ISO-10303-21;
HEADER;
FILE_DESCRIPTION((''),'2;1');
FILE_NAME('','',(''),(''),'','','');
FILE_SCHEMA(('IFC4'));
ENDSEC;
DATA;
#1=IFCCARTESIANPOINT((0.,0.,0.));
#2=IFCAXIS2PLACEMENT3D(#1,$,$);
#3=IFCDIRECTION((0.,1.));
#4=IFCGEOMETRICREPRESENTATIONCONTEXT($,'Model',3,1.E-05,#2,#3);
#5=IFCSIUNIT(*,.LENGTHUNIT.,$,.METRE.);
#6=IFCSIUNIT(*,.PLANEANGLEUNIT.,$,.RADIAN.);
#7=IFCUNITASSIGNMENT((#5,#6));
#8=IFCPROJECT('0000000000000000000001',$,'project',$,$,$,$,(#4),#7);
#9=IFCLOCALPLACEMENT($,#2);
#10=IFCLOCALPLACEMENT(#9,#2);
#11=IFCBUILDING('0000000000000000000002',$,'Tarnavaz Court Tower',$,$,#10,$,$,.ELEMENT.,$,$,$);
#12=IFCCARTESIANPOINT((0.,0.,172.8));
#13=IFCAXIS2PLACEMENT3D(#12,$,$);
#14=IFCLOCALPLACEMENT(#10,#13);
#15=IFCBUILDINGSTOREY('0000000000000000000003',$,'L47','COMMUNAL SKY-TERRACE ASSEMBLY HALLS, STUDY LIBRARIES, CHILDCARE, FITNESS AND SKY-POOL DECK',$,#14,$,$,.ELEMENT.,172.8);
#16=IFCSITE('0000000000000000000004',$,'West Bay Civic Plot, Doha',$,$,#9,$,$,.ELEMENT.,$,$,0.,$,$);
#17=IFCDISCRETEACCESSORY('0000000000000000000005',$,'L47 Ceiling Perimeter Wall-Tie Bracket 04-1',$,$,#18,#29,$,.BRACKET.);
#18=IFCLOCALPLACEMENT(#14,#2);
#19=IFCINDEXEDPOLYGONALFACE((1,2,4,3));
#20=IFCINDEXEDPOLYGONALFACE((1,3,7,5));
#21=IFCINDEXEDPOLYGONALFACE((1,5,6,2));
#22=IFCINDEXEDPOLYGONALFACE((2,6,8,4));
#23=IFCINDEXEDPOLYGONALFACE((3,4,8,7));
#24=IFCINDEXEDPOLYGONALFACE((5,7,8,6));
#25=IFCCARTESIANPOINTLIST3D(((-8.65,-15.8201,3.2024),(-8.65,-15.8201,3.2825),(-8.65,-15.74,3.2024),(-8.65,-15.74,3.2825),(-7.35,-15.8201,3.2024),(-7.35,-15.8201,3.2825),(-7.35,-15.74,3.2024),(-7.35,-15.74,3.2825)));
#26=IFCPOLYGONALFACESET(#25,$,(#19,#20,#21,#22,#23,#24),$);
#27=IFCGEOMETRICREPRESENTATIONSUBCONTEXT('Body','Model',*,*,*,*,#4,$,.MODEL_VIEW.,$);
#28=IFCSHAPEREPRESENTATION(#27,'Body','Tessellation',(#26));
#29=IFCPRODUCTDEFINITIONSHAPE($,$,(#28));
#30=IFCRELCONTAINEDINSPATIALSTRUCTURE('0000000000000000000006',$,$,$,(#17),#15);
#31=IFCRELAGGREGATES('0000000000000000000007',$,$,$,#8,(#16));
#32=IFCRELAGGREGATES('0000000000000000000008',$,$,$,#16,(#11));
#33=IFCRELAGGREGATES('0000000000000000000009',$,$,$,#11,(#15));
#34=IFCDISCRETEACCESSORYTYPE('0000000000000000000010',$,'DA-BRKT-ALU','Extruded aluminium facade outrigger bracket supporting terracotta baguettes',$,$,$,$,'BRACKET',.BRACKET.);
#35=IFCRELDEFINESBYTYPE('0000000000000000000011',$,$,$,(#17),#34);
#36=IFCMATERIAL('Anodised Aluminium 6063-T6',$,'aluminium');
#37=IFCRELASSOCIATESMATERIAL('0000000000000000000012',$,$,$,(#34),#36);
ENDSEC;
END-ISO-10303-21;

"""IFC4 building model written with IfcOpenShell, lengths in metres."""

from ifc_helpers import new_model, si_unit, direction, frame, origin, origin_2d, place, context, subcontext, project, spatial, rectangle, extrude, material, type_object, element, save


model = new_model("IFC4")

# Units and contexts
model_context = context("Model", 3, precision=1e-05, world=origin(), true_north=direction((0.0, 1.0)))
body_context = subcontext(model_context, "Body", "Model", "MODEL_VIEW")
ifc_project = project(units=[si_unit("LENGTHUNIT", "METRE"), si_unit("PLANEANGLEUNIT", "RADIAN")], contexts=[model_context])

# Site, building, storey
site_placement = place(None, origin())
site = spatial("IfcSite", under=ifc_project, at=site_placement, Name="West Bay Civic Plot, Doha", CompositionType="ELEMENT", RefElevation=0.0)
building_placement = place(site_placement, origin())
building = spatial("IfcBuilding", under=site, at=building_placement, Name="Tarnavaz Court Tower", CompositionType="ELEMENT")
storey_placement = place(building_placement, frame((0.0, 0.0, 172.8)))
storey = spatial("IfcBuildingStorey", under=building, at=storey_placement, Name="L47", Description="COMMUNAL SKY-TERRACE ASSEMBLY HALLS, STUDY LIBRARIES, CHILDCARE, FITNESS AND SKY-POOL DECK", CompositionType="ELEMENT", Elevation=172.8)

# Shared definitions
ifc_material_1 = material(Name="Anodised Aluminium 6063-T6", Category="aluminium")

# Discrete accessory
discrete_accessory_type = type_object("IfcDiscreteAccessoryType", Name="DA-BRKT-ALU", Description="Extruded aluminium facade outrigger bracket supporting terracotta baguettes", ElementType="BRACKET", PredefinedType="BRACKET", material=ifc_material_1)
discrete_accessory_1_placement = place(storey_placement, frame((-8.0, -15.78, 3.2024), z_axis=(0.0, 0.0, 1.0), x_axis=(1.0, 0.0, 0.0)))
element("IfcDiscreteAccessory", 1, at=discrete_accessory_1_placement, inside=storey, type_object=discrete_accessory_type, Name="L47 Ceiling Perimeter Wall-Tie Bracket 04-1", PredefinedType="BRACKET", context=body_context, shape_type="SweptSolid", body=[
    extrude(rectangle(XDim=1.3, YDim=0.0801, at=origin_2d()), origin(), (0.0, 0.0, 1.0), 0.0801),
])

save(model, "model.ifc")
